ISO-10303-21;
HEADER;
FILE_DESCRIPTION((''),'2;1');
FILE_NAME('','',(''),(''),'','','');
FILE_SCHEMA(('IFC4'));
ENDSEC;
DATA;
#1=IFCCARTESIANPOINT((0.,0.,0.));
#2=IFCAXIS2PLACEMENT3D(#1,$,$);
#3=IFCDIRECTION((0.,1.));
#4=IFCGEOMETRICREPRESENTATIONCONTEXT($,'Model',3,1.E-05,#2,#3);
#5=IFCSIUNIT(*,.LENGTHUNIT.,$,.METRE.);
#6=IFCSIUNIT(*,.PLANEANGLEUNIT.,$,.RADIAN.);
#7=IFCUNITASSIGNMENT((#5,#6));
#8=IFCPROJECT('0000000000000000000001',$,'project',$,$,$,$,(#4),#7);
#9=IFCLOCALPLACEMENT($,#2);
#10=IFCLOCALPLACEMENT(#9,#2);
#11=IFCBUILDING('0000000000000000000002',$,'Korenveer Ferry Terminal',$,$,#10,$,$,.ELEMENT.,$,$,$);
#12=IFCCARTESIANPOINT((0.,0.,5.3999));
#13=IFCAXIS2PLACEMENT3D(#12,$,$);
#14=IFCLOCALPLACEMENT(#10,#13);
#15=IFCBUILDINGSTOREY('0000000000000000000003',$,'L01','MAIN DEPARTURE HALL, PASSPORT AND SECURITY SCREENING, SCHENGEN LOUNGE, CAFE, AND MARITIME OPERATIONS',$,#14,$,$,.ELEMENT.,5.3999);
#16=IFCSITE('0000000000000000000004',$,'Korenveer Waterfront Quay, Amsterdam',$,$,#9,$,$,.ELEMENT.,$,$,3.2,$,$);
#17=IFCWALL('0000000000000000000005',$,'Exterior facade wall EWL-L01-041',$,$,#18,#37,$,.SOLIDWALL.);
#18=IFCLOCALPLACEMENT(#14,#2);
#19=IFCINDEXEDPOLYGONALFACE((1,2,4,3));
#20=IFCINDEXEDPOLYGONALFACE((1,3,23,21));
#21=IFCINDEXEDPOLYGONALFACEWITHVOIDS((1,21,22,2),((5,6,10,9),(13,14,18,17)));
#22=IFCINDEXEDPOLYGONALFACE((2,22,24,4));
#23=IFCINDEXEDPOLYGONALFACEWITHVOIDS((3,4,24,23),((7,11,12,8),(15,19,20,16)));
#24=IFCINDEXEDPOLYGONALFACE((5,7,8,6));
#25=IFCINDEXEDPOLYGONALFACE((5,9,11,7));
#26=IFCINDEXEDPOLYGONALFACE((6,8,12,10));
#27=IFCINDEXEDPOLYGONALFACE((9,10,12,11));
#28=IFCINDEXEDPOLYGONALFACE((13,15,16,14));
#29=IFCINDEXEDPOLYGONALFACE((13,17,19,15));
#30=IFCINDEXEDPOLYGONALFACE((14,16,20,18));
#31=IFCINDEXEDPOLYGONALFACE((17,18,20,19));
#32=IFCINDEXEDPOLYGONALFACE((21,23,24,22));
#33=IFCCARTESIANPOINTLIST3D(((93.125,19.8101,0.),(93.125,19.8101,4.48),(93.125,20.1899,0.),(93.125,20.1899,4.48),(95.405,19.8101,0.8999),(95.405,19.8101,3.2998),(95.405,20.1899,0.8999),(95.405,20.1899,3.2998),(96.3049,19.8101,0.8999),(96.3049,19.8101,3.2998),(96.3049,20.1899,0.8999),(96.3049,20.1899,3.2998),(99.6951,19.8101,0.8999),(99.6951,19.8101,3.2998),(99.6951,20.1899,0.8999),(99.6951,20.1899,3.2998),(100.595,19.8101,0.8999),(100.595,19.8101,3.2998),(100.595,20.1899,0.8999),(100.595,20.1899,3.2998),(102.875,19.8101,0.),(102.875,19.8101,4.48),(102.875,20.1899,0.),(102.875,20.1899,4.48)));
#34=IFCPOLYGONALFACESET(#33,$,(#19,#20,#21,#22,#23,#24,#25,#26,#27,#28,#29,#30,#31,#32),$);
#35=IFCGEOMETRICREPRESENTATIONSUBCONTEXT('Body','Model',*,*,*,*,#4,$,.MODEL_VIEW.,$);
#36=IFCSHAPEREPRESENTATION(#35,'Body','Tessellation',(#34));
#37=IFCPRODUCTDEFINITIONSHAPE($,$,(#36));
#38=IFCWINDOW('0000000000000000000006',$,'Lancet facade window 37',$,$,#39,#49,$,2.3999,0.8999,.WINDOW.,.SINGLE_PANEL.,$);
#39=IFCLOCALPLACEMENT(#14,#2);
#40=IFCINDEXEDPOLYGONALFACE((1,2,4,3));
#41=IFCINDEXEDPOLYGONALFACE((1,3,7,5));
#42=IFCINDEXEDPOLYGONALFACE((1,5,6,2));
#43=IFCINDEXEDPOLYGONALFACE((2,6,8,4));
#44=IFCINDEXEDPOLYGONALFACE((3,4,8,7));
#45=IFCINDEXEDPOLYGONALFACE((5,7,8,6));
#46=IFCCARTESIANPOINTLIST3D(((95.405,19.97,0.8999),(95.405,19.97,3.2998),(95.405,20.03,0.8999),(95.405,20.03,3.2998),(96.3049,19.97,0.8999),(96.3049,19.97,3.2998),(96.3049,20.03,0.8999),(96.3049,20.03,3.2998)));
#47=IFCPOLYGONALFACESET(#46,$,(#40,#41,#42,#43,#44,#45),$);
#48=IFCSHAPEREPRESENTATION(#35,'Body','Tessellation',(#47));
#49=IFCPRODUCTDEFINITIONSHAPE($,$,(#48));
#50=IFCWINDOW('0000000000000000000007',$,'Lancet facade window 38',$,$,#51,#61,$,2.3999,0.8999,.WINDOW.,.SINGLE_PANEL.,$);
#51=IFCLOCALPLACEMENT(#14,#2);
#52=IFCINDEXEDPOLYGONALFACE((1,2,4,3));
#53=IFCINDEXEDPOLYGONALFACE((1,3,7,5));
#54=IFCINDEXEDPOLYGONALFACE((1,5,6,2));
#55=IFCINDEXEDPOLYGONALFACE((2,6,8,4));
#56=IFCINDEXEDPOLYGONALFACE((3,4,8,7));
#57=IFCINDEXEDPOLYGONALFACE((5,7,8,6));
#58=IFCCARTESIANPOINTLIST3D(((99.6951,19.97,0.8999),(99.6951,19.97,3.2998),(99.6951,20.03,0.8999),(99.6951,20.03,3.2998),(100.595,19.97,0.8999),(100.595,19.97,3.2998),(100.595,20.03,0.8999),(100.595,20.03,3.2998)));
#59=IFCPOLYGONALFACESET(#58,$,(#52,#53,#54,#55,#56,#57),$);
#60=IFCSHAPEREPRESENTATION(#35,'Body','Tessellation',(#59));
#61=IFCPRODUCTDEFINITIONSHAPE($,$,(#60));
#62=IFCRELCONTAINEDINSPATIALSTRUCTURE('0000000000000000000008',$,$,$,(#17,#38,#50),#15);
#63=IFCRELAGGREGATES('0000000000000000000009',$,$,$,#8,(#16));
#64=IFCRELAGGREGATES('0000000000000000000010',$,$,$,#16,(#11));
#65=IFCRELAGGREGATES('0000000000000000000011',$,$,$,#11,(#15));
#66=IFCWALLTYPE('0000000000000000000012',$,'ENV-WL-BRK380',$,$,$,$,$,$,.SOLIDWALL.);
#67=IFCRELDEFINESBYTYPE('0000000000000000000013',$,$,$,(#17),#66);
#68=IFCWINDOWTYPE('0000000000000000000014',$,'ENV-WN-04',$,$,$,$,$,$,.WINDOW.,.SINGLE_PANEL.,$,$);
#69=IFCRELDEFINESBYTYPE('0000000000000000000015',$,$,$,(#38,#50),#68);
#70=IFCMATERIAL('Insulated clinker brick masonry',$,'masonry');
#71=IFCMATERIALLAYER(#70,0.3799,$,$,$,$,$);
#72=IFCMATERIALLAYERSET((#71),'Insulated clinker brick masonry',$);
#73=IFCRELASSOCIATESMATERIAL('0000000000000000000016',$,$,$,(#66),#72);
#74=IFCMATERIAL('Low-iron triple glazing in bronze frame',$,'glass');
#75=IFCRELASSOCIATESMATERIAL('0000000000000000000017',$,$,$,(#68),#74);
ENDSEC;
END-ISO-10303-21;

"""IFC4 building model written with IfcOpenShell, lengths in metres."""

from ifc_helpers import new_model, si_unit, direction, frame, frame_2d, origin, place, context, subcontext, project, spatial, rectangle, extrude, material, layer, layer_set, type_object, element, fill, save


model = new_model("IFC4")

# Units and contexts
model_context = context("Model", 3, precision=1e-05, world=origin(), true_north=direction((0.0, 1.0)))
body_context = subcontext(model_context, "Body", "Model", "MODEL_VIEW")
ifc_project = project(units=[si_unit("LENGTHUNIT", "METRE"), si_unit("PLANEANGLEUNIT", "RADIAN")], contexts=[model_context])

# Site, building, storey
site_placement = place(None, origin())
site = spatial("IfcSite", under=ifc_project, at=site_placement, Name="Korenveer Waterfront Quay, Amsterdam", CompositionType="ELEMENT", RefElevation=3.2)
building_placement = place(site_placement, origin())
building = spatial("IfcBuilding", under=site, at=building_placement, Name="Korenveer Ferry Terminal", CompositionType="ELEMENT")
storey_placement = place(building_placement, frame((0.0, 0.0, 5.3999)))
storey = spatial("IfcBuildingStorey", under=building, at=storey_placement, Name="L01", Description="MAIN DEPARTURE HALL, PASSPORT AND SECURITY SCREENING, SCHENGEN LOUNGE, CAFE, AND MARITIME OPERATIONS", CompositionType="ELEMENT", Elevation=5.3999)

# Wall, openings, windows
ifc_material_1 = material(Name="Insulated clinker brick masonry", Category="masonry")
ifc_layer_1 = layer(ifc_material_1, 0.3799)
ifc_layer_set_1 = layer_set([ifc_layer_1], Name="Insulated clinker brick masonry")
wall_type = type_object("IfcWallType", Name="ENV-WL-BRK380", PredefinedType="SOLIDWALL", material=ifc_layer_set_1)
wall_placement = place(storey_placement, frame((93.125, 20.0, 0.0), z_axis=(0.0, 0.0, 1.0), x_axis=(1.0, 0.0, 0.0)))
wall = element("IfcWall", 1, at=wall_placement, inside=storey, type_object=wall_type, Name="Exterior facade wall EWL-L01-041", PredefinedType="SOLIDWALL", context=body_context, shape_type="SweptSolid", body=[
    extrude(rectangle(XDim=9.75, YDim=0.3799, at=frame_2d((4.875, 0.0))), origin(), (0.0, 0.0, 1.0), 4.48),
])
opening_1_placement = place(wall_placement, frame((2.28, 0.0, 0.8999)))
opening_1 = element("IfcOpeningElement", 2, at=opening_1_placement, cuts=wall, PredefinedType="OPENING", context=body_context, shape_type="SweptSolid", body=[
    extrude(rectangle(XDim=0.8999, YDim=2.3999, at=frame_2d((0.45, 1.2))), frame((0.0, 0.2, 0.0), z_axis=(0.0, -1.0, 0.0), x_axis=(1.0, 0.0, 0.0)), (0.0, 0.0, 1.0), 0.3999),
])
opening_2_placement = place(wall_placement, frame((6.5701, 0.0, 0.8999)))
opening_2 = element("IfcOpeningElement", 3, at=opening_2_placement, cuts=wall, PredefinedType="OPENING", context=body_context, shape_type="SweptSolid", body=[
    extrude(rectangle(XDim=0.8999, YDim=2.3999, at=frame_2d((0.45, 1.2))), frame((0.0, 0.2, 0.0), z_axis=(0.0, -1.0, 0.0), x_axis=(1.0, 0.0, 0.0)), (0.0, 0.0, 1.0), 0.3999),
])
ifc_material_2 = material(Name="Low-iron triple glazing in bronze frame", Category="glass")
window_type = type_object("IfcWindowType", Name="ENV-WN-04", PartitioningType="SINGLE_PANEL", PredefinedType="WINDOW", material=ifc_material_2)
window_1_placement = place(opening_1_placement, origin())
window_1 = element("IfcWindow", 4, at=window_1_placement, inside=storey, type_object=window_type, Name="Lancet facade window 37", OverallHeight=2.3999, OverallWidth=0.8999, PartitioningType="SINGLE_PANEL", PredefinedType="WINDOW", context=body_context, shape_type="SweptSolid", body=[
    extrude(rectangle(XDim=0.8999, YDim=2.3999, at=frame_2d((0.45, 1.2))), frame((0.0, 0.03, 0.0), z_axis=(0.0, -1.0, 0.0), x_axis=(1.0, 0.0, 0.0)), (0.0, 0.0, 1.0), 0.0601),
])
fill(opening_1, window_1)
window_2_placement = place(opening_2_placement, origin())
window_2 = element("IfcWindow", 5, at=window_2_placement, inside=storey, type_object=window_type, Name="Lancet facade window 38", OverallHeight=2.3999, OverallWidth=0.8999, PartitioningType="SINGLE_PANEL", PredefinedType="WINDOW", context=body_context, shape_type="SweptSolid", body=[
    extrude(rectangle(XDim=0.8999, YDim=2.3999, at=frame_2d((0.45, 1.2))), frame((0.0, 0.03, 0.0), z_axis=(0.0, -1.0, 0.0), x_axis=(1.0, 0.0, 0.0)), (0.0, 0.0, 1.0), 0.0601),
])
fill(opening_2, window_2)

save(model, "model.ifc")
